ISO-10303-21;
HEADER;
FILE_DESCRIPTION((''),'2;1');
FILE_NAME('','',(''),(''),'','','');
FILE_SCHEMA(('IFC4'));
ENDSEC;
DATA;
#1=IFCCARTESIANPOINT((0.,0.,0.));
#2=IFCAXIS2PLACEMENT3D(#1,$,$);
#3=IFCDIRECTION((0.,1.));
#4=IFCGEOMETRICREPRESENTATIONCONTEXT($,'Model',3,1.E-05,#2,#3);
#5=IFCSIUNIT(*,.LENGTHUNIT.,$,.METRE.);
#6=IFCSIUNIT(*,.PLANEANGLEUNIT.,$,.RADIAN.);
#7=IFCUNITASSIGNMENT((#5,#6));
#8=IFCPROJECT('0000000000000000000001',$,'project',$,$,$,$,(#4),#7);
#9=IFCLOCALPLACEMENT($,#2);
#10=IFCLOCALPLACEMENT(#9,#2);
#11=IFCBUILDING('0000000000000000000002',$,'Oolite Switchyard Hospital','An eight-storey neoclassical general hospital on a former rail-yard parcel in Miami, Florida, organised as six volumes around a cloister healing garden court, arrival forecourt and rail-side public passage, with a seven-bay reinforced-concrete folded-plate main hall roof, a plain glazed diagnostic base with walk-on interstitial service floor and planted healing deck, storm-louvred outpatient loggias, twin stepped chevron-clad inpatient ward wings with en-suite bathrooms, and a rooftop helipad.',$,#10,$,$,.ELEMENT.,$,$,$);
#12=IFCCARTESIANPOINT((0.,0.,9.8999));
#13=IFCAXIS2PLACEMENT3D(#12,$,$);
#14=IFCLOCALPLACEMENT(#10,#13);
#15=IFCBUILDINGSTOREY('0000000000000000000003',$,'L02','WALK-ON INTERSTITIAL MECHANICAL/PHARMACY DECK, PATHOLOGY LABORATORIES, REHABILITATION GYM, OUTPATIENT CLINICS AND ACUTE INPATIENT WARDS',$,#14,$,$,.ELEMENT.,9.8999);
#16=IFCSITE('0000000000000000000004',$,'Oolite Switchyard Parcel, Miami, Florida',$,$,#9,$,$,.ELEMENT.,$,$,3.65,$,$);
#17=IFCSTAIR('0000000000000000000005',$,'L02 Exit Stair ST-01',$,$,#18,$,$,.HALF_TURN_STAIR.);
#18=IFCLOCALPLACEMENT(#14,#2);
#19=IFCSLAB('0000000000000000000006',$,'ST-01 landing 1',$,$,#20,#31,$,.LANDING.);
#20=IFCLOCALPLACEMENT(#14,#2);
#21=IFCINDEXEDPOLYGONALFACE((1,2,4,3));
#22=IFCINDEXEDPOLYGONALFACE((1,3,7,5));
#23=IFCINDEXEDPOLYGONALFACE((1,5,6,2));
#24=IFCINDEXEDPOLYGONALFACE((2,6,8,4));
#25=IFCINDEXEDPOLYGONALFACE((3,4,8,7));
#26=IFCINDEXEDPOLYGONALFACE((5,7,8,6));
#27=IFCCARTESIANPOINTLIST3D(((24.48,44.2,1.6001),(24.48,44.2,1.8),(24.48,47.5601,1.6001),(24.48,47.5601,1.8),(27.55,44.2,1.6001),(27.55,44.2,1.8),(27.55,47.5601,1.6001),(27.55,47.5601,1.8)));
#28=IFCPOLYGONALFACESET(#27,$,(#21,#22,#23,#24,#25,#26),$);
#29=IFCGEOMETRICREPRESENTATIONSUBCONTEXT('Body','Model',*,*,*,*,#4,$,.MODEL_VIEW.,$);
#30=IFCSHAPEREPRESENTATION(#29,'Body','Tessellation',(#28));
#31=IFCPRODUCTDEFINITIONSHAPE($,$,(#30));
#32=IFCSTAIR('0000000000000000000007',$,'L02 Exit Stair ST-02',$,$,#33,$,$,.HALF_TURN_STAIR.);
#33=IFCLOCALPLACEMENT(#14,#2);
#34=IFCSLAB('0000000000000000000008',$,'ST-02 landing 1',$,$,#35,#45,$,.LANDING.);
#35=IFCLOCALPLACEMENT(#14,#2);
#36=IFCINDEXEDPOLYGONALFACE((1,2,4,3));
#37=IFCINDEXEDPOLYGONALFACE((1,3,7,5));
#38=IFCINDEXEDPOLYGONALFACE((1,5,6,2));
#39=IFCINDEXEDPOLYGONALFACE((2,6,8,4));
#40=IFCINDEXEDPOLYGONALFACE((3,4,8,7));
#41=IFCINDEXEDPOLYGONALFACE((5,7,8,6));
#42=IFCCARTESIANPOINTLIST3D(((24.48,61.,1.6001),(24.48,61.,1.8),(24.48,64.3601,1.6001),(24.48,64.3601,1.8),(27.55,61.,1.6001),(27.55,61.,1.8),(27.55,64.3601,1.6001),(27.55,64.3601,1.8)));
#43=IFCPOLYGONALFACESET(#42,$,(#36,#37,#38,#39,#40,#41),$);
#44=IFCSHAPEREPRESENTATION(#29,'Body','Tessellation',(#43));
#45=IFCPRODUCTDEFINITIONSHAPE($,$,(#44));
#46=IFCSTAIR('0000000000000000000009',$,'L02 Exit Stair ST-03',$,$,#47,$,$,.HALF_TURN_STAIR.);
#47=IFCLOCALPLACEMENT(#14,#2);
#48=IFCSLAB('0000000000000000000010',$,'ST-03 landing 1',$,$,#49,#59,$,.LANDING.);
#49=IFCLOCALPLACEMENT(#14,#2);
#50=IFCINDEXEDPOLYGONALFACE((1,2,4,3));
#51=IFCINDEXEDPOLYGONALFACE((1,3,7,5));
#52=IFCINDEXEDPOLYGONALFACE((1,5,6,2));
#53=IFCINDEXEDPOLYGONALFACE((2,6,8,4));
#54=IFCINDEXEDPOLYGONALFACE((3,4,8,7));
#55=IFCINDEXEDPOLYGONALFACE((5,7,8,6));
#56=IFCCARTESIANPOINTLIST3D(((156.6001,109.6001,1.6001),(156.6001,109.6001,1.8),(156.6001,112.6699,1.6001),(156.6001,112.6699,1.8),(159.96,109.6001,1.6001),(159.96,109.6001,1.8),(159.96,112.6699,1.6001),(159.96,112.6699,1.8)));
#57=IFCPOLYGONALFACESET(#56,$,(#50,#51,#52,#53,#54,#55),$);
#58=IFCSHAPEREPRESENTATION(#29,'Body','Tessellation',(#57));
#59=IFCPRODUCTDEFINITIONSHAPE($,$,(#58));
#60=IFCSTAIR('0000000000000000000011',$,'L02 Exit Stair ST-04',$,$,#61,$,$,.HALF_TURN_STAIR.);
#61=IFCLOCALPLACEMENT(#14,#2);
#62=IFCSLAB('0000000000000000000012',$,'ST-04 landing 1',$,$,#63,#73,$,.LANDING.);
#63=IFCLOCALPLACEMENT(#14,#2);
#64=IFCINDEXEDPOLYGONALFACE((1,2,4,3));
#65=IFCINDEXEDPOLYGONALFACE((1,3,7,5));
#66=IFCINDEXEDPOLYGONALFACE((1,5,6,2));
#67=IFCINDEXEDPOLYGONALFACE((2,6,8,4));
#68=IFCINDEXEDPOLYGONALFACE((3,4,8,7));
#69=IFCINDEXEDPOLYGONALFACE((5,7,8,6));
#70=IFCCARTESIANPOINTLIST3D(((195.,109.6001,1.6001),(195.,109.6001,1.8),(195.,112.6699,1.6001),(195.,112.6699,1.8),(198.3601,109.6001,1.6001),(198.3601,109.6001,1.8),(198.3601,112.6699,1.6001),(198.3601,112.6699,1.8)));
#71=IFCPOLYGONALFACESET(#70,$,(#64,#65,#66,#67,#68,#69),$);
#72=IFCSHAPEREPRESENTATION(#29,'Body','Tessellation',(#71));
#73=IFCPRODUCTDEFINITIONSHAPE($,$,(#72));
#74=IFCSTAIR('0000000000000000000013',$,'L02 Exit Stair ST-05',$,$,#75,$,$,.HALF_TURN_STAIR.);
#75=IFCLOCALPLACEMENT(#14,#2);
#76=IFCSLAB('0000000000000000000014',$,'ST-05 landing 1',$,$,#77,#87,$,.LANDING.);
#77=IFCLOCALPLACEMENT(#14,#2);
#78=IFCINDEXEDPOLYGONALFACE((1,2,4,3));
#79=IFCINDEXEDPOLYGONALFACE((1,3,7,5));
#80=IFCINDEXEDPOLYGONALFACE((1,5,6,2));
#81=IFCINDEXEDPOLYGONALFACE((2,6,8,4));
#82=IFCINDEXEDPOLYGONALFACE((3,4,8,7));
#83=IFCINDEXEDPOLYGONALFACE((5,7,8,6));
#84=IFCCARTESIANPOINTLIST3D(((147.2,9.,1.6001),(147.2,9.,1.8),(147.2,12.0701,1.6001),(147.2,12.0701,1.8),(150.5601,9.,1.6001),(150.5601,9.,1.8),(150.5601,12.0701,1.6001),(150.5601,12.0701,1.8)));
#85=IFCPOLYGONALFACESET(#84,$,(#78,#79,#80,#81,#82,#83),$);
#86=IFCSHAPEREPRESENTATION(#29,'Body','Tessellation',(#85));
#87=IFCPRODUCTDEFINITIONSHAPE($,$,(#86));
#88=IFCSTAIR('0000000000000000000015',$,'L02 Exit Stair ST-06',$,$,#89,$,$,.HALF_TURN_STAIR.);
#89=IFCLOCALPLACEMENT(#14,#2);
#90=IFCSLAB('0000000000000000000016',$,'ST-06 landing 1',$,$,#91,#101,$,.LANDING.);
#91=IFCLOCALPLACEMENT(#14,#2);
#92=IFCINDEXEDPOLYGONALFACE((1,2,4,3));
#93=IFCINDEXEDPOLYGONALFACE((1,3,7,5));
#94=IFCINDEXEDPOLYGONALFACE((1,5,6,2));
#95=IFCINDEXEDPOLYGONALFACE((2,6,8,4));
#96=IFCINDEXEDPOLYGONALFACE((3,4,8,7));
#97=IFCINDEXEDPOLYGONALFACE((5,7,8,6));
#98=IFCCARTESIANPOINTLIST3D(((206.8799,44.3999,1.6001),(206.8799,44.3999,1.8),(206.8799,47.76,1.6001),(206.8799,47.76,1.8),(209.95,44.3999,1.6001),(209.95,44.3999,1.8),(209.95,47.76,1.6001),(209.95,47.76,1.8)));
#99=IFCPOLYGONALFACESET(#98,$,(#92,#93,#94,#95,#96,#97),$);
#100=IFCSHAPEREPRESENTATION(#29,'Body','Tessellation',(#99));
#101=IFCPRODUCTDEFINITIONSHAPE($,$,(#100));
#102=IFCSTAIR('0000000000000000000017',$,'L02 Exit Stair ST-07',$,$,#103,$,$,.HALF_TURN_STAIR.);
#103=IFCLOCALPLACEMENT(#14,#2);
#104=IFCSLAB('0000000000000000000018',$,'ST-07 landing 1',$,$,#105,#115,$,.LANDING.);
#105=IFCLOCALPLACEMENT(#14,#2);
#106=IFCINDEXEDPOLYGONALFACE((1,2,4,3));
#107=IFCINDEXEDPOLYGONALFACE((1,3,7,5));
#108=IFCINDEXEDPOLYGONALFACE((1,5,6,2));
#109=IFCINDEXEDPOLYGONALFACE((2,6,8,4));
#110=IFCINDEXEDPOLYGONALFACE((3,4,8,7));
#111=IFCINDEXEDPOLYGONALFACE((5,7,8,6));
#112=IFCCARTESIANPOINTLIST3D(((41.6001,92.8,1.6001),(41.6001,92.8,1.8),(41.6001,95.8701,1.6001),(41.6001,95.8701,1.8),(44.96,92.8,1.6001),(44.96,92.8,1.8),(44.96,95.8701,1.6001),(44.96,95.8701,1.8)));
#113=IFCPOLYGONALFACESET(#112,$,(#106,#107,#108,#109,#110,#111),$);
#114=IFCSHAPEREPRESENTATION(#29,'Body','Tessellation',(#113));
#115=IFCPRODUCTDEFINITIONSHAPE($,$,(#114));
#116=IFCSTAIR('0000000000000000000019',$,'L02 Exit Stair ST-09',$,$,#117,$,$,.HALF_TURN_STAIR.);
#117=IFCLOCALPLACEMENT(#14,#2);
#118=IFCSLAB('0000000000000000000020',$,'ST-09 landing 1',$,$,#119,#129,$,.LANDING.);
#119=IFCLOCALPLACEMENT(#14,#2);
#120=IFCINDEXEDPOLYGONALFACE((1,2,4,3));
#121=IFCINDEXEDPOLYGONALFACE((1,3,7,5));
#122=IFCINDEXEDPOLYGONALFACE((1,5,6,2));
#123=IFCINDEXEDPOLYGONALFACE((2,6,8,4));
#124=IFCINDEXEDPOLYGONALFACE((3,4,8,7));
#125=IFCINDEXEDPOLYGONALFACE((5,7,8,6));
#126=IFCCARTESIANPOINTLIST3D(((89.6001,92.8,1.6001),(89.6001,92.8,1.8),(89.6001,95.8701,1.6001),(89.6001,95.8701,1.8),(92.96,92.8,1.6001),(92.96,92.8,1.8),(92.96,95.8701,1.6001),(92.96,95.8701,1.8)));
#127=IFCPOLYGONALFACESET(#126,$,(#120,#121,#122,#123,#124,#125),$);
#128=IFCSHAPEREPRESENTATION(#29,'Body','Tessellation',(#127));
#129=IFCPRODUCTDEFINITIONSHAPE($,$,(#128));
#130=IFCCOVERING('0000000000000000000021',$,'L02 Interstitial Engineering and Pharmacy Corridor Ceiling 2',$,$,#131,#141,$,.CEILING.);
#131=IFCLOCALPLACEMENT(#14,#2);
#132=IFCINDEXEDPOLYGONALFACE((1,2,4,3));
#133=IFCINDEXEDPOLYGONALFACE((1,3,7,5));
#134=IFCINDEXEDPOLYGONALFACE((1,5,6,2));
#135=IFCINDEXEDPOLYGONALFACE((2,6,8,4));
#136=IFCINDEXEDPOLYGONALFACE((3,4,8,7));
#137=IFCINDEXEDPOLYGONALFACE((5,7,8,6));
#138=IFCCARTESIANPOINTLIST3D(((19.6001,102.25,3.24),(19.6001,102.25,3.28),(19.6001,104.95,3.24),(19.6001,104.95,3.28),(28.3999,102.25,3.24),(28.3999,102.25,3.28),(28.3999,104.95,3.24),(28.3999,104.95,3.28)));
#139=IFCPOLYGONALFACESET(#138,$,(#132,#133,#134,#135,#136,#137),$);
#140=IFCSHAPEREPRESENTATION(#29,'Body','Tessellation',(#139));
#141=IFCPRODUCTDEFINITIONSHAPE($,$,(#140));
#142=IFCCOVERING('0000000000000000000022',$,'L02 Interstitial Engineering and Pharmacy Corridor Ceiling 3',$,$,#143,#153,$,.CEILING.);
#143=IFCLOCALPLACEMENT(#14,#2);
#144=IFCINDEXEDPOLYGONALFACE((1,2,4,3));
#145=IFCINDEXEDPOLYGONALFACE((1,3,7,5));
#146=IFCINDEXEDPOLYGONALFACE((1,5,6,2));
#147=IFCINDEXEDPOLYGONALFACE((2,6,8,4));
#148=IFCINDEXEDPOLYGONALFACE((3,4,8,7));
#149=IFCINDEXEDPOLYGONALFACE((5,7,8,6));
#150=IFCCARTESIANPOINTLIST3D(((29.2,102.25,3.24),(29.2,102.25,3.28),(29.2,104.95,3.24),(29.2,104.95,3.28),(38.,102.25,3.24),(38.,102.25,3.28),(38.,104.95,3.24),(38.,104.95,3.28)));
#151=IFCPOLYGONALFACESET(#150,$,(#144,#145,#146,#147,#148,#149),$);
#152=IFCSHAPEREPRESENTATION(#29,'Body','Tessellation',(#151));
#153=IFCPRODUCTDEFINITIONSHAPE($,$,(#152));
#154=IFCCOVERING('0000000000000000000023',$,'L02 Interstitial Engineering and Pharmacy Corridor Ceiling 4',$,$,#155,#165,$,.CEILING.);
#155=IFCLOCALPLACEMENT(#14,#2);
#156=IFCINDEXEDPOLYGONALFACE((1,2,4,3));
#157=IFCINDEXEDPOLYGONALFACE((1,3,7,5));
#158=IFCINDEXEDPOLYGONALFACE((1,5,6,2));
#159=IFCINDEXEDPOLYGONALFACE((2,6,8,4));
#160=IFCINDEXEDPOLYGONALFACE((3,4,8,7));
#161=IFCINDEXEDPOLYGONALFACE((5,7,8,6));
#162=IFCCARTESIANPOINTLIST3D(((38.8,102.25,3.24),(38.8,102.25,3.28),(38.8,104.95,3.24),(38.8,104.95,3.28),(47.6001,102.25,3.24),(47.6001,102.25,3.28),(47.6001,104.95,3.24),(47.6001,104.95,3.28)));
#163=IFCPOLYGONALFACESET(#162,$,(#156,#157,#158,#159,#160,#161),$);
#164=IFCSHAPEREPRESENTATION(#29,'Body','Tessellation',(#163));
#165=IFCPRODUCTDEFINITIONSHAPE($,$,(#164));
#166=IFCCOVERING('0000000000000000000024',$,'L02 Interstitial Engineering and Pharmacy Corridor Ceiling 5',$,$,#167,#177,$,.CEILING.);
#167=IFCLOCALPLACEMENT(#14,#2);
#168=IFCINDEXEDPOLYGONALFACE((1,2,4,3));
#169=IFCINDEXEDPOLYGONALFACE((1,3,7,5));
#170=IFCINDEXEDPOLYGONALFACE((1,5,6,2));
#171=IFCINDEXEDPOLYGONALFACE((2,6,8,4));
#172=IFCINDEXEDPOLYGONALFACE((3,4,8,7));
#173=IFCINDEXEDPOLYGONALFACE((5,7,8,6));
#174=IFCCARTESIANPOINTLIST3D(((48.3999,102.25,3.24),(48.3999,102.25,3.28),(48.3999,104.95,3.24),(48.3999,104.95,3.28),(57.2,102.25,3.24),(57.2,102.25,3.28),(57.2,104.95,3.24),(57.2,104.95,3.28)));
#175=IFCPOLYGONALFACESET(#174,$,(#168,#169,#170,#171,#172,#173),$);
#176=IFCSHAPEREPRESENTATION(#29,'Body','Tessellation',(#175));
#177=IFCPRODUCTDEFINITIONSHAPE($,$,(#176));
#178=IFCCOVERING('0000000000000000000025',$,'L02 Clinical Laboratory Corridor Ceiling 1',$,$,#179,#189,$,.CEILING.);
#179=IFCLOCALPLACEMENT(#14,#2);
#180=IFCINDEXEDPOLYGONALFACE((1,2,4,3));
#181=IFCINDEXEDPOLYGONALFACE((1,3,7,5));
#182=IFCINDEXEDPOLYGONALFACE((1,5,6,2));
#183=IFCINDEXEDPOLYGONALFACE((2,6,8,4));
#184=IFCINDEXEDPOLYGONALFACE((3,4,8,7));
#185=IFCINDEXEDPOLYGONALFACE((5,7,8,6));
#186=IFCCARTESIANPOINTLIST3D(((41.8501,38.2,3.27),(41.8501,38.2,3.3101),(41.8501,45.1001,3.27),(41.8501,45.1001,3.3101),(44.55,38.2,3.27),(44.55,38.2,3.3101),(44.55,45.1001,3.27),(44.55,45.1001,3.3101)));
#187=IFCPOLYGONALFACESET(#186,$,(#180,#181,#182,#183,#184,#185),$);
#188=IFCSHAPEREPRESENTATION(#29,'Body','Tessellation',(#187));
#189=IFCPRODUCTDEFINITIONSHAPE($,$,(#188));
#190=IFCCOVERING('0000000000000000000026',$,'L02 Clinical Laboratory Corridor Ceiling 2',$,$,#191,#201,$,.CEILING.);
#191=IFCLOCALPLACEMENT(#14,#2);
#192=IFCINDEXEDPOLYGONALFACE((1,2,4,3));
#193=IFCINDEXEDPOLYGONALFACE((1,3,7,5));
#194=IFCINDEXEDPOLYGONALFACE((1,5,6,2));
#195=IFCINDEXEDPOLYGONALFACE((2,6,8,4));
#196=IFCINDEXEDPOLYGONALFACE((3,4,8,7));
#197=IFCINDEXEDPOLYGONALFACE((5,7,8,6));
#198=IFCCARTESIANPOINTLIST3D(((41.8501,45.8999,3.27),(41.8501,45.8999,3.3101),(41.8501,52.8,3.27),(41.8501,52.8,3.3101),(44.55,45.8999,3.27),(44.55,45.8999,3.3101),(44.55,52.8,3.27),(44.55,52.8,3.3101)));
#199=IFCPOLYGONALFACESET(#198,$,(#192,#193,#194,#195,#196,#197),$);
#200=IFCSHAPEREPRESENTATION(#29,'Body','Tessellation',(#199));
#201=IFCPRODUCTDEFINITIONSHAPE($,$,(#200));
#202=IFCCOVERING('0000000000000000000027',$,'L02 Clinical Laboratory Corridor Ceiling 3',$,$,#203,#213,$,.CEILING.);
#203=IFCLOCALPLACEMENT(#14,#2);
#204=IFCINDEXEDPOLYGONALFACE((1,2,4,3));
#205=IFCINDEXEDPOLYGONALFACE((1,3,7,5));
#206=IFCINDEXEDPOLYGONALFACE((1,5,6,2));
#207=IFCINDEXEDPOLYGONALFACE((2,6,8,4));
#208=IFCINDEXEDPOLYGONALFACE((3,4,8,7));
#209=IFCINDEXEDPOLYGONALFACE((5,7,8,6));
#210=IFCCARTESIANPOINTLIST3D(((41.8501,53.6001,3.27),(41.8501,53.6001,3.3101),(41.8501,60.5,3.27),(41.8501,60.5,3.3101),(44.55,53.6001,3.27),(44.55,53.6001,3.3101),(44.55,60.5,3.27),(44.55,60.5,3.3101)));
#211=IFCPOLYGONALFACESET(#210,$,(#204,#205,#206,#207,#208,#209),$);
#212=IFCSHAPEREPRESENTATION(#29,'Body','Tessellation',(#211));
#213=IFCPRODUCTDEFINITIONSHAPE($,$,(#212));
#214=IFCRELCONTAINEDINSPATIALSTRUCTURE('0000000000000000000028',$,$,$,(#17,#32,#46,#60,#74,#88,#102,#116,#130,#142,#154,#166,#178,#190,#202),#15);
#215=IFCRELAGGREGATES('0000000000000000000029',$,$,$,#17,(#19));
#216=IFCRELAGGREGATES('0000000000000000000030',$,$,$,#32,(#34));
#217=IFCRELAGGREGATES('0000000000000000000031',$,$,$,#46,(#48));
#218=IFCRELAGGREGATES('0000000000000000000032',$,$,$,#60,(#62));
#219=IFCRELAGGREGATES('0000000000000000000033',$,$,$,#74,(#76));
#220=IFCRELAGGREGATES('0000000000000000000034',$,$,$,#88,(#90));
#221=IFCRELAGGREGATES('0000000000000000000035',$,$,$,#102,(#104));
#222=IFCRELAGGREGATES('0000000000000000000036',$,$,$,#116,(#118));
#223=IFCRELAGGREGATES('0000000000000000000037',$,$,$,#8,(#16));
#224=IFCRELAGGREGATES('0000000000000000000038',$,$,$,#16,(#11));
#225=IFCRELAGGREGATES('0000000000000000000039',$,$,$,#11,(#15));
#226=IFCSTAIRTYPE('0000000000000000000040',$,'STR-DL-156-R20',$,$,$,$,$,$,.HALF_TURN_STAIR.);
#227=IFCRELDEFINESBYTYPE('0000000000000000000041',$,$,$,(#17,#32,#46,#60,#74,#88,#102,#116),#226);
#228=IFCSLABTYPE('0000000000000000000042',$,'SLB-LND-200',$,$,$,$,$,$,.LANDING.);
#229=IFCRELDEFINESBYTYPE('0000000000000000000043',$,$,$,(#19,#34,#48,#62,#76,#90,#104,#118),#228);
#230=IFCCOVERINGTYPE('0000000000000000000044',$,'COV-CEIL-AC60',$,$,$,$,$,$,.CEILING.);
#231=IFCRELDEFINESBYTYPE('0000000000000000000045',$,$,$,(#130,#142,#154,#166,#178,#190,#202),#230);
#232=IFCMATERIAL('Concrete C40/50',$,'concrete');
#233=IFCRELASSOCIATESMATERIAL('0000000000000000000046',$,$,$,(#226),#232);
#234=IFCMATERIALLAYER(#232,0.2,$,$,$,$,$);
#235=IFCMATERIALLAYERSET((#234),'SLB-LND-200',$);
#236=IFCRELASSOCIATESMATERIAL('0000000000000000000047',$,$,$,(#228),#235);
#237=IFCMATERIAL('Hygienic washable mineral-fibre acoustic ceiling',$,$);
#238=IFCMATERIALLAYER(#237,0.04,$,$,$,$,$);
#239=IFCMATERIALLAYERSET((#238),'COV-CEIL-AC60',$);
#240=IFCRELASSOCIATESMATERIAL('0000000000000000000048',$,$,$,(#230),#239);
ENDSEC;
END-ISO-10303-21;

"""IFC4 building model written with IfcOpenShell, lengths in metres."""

from ifc_helpers import new_model, si_unit, direction, frame, origin, place, context, subcontext, project, spatial, polyline, outline, extrude, material, layer, layer_set, type_object, element, aggregate, save


model = new_model("IFC4")

# Units and contexts
model_context = context("Model", 3, precision=1e-05, world=origin(), true_north=direction((0.0, 1.0)))
body_context = subcontext(model_context, "Body", "Model", "MODEL_VIEW")
ifc_project = project(units=[si_unit("LENGTHUNIT", "METRE"), si_unit("PLANEANGLEUNIT", "RADIAN")], contexts=[model_context])

# Site, building, storey
site_placement = place(None, origin())
site = spatial("IfcSite", under=ifc_project, at=site_placement, Name="Oolite Switchyard Parcel, Miami, Florida", CompositionType="ELEMENT", RefElevation=3.65)
building_placement = place(site_placement, origin())
building = spatial("IfcBuilding", under=site, at=building_placement, Name="Oolite Switchyard Hospital", Description="An eight-storey neoclassical general hospital on a former rail-yard parcel in Miami, Florida, organised as six volumes around a cloister healing garden court, arrival forecourt and rail-side public passage, with a seven-bay reinforced-concrete folded-plate main hall roof, a plain glazed diagnostic base with walk-on interstitial service floor and planted healing deck, storm-louvred outpatient loggias, twin stepped chevron-clad inpatient ward wings with en-suite bathrooms, and a rooftop helipad.", CompositionType="ELEMENT")
storey_placement = place(building_placement, frame((0.0, 0.0, 9.8999)))
storey = spatial("IfcBuildingStorey", under=building, at=storey_placement, Name="L02", Description="WALK-ON INTERSTITIAL MECHANICAL/PHARMACY DECK, PATHOLOGY LABORATORIES, REHABILITATION GYM, OUTPATIENT CLINICS AND ACUTE INPATIENT WARDS", CompositionType="ELEMENT", Elevation=9.8999)

# Stairs, slabs
ifc_material_1 = material(Name="Concrete C40/50", Category="concrete")
stair_type = type_object("IfcStairType", Name="STR-DL-156-R20", PredefinedType="HALF_TURN_STAIR", material=ifc_material_1)
stair_1_placement = place(storey_placement, origin())
stair_1 = element("IfcStair", 1, at=stair_1_placement, inside=storey, type_object=stair_type, Name="L02 Exit Stair ST-01", PredefinedType="HALF_TURN_STAIR")
ifc_layer_1 = layer(ifc_material_1, 0.2)
ifc_layer_set_1 = layer_set([ifc_layer_1], Name="SLB-LND-200")
slab_type = type_object("IfcSlabType", Name="SLB-LND-200", PredefinedType="LANDING", material=ifc_layer_set_1)
slab_1_placement = place(storey_placement, frame((0.0, 0.0, 1.6001)))
slab_1 = element("IfcSlab", 2, at=slab_1_placement, type_object=slab_type, Name="ST-01 landing 1", PredefinedType="LANDING", context=body_context, shape_type="SweptSolid", body=[
    extrude(outline(polyline([(24.48, 44.2), (27.55, 44.2), (27.55, 47.5601), (24.48, 47.5601), (24.48, 44.2)])), origin(), (0.0, 0.0, 1.0), 0.2),
])
aggregate(stair_1, [slab_1])
stair_2_placement = place(storey_placement, origin())
stair_2 = element("IfcStair", 3, at=stair_2_placement, inside=storey, type_object=stair_type, Name="L02 Exit Stair ST-02", PredefinedType="HALF_TURN_STAIR")
slab_2_placement = place(storey_placement, frame((0.0, 0.0, 1.6001)))
slab_2 = element("IfcSlab", 4, at=slab_2_placement, type_object=slab_type, Name="ST-02 landing 1", PredefinedType="LANDING", context=body_context, shape_type="SweptSolid", body=[
    extrude(outline(polyline([(24.48, 61.0), (27.55, 61.0), (27.55, 64.3601), (24.48, 64.3601), (24.48, 61.0)])), origin(), (0.0, 0.0, 1.0), 0.2),
])
aggregate(stair_2, [slab_2])
stair_3_placement = place(storey_placement, origin())
stair_3 = element("IfcStair", 5, at=stair_3_placement, inside=storey, type_object=stair_type, Name="L02 Exit Stair ST-03", PredefinedType="HALF_TURN_STAIR")
slab_3_placement = place(storey_placement, frame((0.0, 0.0, 1.6001)))
slab_3 = element("IfcSlab", 6, at=slab_3_placement, type_object=slab_type, Name="ST-03 landing 1", PredefinedType="LANDING", context=body_context, shape_type="SweptSolid", body=[
    extrude(outline(polyline([(156.6001, 112.6699), (156.6001, 109.6001), (159.96, 109.6001), (159.96, 112.6699), (156.6001, 112.6699)])), origin(), (0.0, 0.0, 1.0), 0.2),
])
aggregate(stair_3, [slab_3])
stair_4_placement = place(storey_placement, origin())
stair_4 = element("IfcStair", 7, at=stair_4_placement, inside=storey, type_object=stair_type, Name="L02 Exit Stair ST-04", PredefinedType="HALF_TURN_STAIR")
slab_4_placement = place(storey_placement, frame((0.0, 0.0, 1.6001)))
slab_4 = element("IfcSlab", 8, at=slab_4_placement, type_object=slab_type, Name="ST-04 landing 1", PredefinedType="LANDING", context=body_context, shape_type="SweptSolid", body=[
    extrude(outline(polyline([(195.0, 112.6699), (195.0, 109.6001), (198.3601, 109.6001), (198.3601, 112.6699), (195.0, 112.6699)])), origin(), (0.0, 0.0, 1.0), 0.2),
])
aggregate(stair_4, [slab_4])
stair_5_placement = place(storey_placement, origin())
stair_5 = element("IfcStair", 9, at=stair_5_placement, inside=storey, type_object=stair_type, Name="L02 Exit Stair ST-05", PredefinedType="HALF_TURN_STAIR")
slab_5_placement = place(storey_placement, frame((0.0, 0.0, 1.6001)))
slab_5 = element("IfcSlab", 10, at=slab_5_placement, type_object=slab_type, Name="ST-05 landing 1", PredefinedType="LANDING", context=body_context, shape_type="SweptSolid", body=[
    extrude(outline(polyline([(147.2, 12.0701), (147.2, 9.0), (150.5601, 9.0), (150.5601, 12.0701), (147.2, 12.0701)])), origin(), (0.0, 0.0, 1.0), 0.2),
])
aggregate(stair_5, [slab_5])
stair_6_placement = place(storey_placement, origin())
stair_6 = element("IfcStair", 11, at=stair_6_placement, inside=storey, type_object=stair_type, Name="L02 Exit Stair ST-06", PredefinedType="HALF_TURN_STAIR")
slab_6_placement = place(storey_placement, frame((0.0, 0.0, 1.6001)))
slab_6 = element("IfcSlab", 12, at=slab_6_placement, type_object=slab_type, Name="ST-06 landing 1", PredefinedType="LANDING", context=body_context, shape_type="SweptSolid", body=[
    extrude(outline(polyline([(206.8799, 44.3999), (209.95, 44.3999), (209.95, 47.76), (206.8799, 47.76), (206.8799, 44.3999)])), origin(), (0.0, 0.0, 1.0), 0.2),
])
aggregate(stair_6, [slab_6])
stair_7_placement = place(storey_placement, origin())
stair_7 = element("IfcStair", 13, at=stair_7_placement, inside=storey, type_object=stair_type, Name="L02 Exit Stair ST-07", PredefinedType="HALF_TURN_STAIR")
slab_7_placement = place(storey_placement, frame((0.0, 0.0, 1.6001)))
slab_7 = element("IfcSlab", 14, at=slab_7_placement, type_object=slab_type, Name="ST-07 landing 1", PredefinedType="LANDING", context=body_context, shape_type="SweptSolid", body=[
    extrude(outline(polyline([(41.6001, 95.8701), (41.6001, 92.8), (44.96, 92.8), (44.96, 95.8701), (41.6001, 95.8701)])), origin(), (0.0, 0.0, 1.0), 0.2),
])
aggregate(stair_7, [slab_7])
stair_8_placement = place(storey_placement, origin())
stair_8 = element("IfcStair", 15, at=stair_8_placement, inside=storey, type_object=stair_type, Name="L02 Exit Stair ST-09", PredefinedType="HALF_TURN_STAIR")
slab_8_placement = place(storey_placement, frame((0.0, 0.0, 1.6001)))
slab_8 = element("IfcSlab", 16, at=slab_8_placement, type_object=slab_type, Name="ST-09 landing 1", PredefinedType="LANDING", context=body_context, shape_type="SweptSolid", body=[
    extrude(outline(polyline([(89.6001, 95.8701), (89.6001, 92.8), (92.96, 92.8), (92.96, 95.8701), (89.6001, 95.8701)])), origin(), (0.0, 0.0, 1.0), 0.2),
])
aggregate(stair_8, [slab_8])

# Coverings
ifc_material_2 = material(Name="Hygienic washable mineral-fibre acoustic ceiling")
ifc_layer_2 = layer(ifc_material_2, 0.04)
ifc_layer_set_2 = layer_set([ifc_layer_2], Name="COV-CEIL-AC60")
covering_type_1 = type_object("IfcCoveringType", Name="COV-CEIL-AC60", PredefinedType="CEILING", material=ifc_layer_set_2)
covering_1_placement = place(storey_placement, frame((0.0, 0.0, 3.24)))
element("IfcCovering", 17, at=covering_1_placement, inside=storey, type_object=covering_type_1, Name="L02 Interstitial Engineering and Pharmacy Corridor Ceiling 2", PredefinedType="CEILING", context=body_context, shape_type="SweptSolid", body=[
    extrude(outline(polyline([(19.6001, 102.25), (28.3999, 102.25), (28.3999, 104.95), (19.6001, 104.95), (19.6001, 102.25)])), origin(), (0.0, 0.0, 1.0), 0.04),
])
covering_2_placement = place(storey_placement, frame((0.0, 0.0, 3.24)))
element("IfcCovering", 18, at=covering_2_placement, inside=storey, type_object=covering_type_1, Name="L02 Interstitial Engineering and Pharmacy Corridor Ceiling 3", PredefinedType="CEILING", context=body_context, shape_type="SweptSolid", body=[
    extrude(outline(polyline([(29.2, 102.25), (38.0, 102.25), (38.0, 104.95), (29.2, 104.95), (29.2, 102.25)])), origin(), (0.0, 0.0, 1.0), 0.04),
])
covering_3_placement = place(storey_placement, frame((0.0, 0.0, 3.24)))
element("IfcCovering", 19, at=covering_3_placement, inside=storey, type_object=covering_type_1, Name="L02 Interstitial Engineering and Pharmacy Corridor Ceiling 4", PredefinedType="CEILING", context=body_context, shape_type="SweptSolid", body=[
    extrude(outline(polyline([(38.8, 102.25), (47.6001, 102.25), (47.6001, 104.95), (38.8, 104.95), (38.8, 102.25)])), origin(), (0.0, 0.0, 1.0), 0.04),
])
covering_4_placement = place(storey_placement, frame((0.0, 0.0, 3.24)))
element("IfcCovering", 20, at=covering_4_placement, inside=storey, type_object=covering_type_1, Name="L02 Interstitial Engineering and Pharmacy Corridor Ceiling 5", PredefinedType="CEILING", context=body_context, shape_type="SweptSolid", body=[
    extrude(outline(polyline([(48.3999, 102.25), (57.2, 102.25), (57.2, 104.95), (48.3999, 104.95), (48.3999, 102.25)])), origin(), (0.0, 0.0, 1.0), 0.04),
])
covering_5_placement = place(storey_placement, frame((0.0, 0.0, 3.27)))
element("IfcCovering", 21, at=covering_5_placement, inside=storey, type_object=covering_type_1, Name="L02 Clinical Laboratory Corridor Ceiling 1", PredefinedType="CEILING", context=body_context, shape_type="SweptSolid", body=[
    extrude(outline(polyline([(41.8501, 38.2), (44.55, 38.2), (44.55, 45.1001), (41.8501, 45.1001), (41.8501, 38.2)])), origin(), (0.0, 0.0, 1.0), 0.04),
])
covering_6_placement = place(storey_placement, frame((0.0, 0.0, 3.27)))
element("IfcCovering", 22, at=covering_6_placement, inside=storey, type_object=covering_type_1, Name="L02 Clinical Laboratory Corridor Ceiling 2", PredefinedType="CEILING", context=body_context, shape_type="SweptSolid", body=[
    extrude(outline(polyline([(41.8501, 45.8999), (44.55, 45.8999), (44.55, 52.8), (41.8501, 52.8), (41.8501, 45.8999)])), origin(), (0.0, 0.0, 1.0), 0.04),
])
covering_7_placement = place(storey_placement, frame((0.0, 0.0, 3.27)))
element("IfcCovering", 23, at=covering_7_placement, inside=storey, type_object=covering_type_1, Name="L02 Clinical Laboratory Corridor Ceiling 3", PredefinedType="CEILING", context=body_context, shape_type="SweptSolid", body=[
    extrude(outline(polyline([(41.8501, 53.6001), (44.55, 53.6001), (44.55, 60.5), (41.8501, 60.5), (41.8501, 53.6001)])), origin(), (0.0, 0.0, 1.0), 0.04),
])

save(model, "model.ifc")
